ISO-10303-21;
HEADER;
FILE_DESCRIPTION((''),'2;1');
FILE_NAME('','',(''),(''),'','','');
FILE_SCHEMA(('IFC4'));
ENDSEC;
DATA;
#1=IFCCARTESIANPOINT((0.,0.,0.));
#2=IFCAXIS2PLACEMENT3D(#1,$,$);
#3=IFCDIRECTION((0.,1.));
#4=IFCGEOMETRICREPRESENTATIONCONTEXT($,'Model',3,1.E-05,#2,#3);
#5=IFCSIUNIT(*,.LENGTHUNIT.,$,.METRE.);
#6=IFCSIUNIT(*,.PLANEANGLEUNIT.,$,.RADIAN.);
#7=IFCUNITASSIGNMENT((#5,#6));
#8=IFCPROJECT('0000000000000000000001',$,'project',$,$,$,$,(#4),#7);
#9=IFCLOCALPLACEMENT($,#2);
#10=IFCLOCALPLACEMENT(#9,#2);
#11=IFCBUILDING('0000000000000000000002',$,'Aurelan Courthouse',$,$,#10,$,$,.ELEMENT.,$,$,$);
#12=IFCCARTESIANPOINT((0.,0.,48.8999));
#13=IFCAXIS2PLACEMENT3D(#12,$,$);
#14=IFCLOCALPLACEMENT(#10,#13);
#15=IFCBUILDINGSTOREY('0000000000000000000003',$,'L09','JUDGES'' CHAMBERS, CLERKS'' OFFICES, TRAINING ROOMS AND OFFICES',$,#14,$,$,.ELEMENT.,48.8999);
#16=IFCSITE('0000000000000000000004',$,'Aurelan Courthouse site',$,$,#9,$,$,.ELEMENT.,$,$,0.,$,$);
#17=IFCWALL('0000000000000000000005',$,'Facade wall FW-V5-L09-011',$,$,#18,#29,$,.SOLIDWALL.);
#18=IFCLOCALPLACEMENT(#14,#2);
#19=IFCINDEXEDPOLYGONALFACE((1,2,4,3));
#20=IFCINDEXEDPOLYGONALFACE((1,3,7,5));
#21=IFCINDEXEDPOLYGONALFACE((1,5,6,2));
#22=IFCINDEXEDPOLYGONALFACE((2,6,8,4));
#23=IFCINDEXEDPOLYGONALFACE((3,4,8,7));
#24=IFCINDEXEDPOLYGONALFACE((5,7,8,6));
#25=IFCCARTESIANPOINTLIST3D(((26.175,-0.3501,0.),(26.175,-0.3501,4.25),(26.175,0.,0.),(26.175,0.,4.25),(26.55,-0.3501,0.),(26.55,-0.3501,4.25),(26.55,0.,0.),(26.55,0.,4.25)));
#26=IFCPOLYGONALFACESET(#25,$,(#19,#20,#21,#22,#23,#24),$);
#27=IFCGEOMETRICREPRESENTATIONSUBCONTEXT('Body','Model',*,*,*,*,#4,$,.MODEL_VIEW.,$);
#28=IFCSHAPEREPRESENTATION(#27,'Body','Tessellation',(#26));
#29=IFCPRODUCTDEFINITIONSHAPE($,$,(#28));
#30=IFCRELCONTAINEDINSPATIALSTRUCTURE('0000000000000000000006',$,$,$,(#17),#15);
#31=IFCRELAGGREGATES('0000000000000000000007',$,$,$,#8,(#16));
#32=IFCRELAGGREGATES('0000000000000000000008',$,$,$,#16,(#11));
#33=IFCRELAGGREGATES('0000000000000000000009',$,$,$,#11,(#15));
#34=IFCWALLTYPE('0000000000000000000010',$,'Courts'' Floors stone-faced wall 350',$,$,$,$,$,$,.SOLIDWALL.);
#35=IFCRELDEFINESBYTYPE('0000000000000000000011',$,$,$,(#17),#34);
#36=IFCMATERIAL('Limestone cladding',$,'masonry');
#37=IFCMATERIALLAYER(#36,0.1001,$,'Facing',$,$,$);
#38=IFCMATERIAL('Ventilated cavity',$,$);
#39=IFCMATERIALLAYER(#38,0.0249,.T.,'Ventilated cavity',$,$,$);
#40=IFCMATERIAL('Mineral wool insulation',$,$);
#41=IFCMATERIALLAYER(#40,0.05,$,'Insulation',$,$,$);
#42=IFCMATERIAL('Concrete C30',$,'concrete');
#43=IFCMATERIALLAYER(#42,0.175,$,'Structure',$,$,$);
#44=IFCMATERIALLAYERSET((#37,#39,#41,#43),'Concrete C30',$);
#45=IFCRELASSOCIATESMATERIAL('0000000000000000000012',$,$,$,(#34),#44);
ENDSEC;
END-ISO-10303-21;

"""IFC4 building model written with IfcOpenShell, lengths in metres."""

from ifc_helpers import new_model, si_unit, direction, frame, frame_2d, origin, place, context, subcontext, project, spatial, rectangle, extrude, material, layer, layer_set, type_object, element, save


model = new_model("IFC4")

# Units and contexts
model_context = context("Model", 3, precision=1e-05, world=origin(), true_north=direction((0.0, 1.0)))
body_context = subcontext(model_context, "Body", "Model", "MODEL_VIEW")
ifc_project = project(units=[si_unit("LENGTHUNIT", "METRE"), si_unit("PLANEANGLEUNIT", "RADIAN")], contexts=[model_context])

# Site, building, storey
site_placement = place(None, origin())
site = spatial("IfcSite", under=ifc_project, at=site_placement, Name="Aurelan Courthouse site", CompositionType="ELEMENT", RefElevation=0.0)
building_placement = place(site_placement, origin())
building = spatial("IfcBuilding", under=site, at=building_placement, Name="Aurelan Courthouse", CompositionType="ELEMENT")
storey_placement = place(building_placement, frame((0.0, 0.0, 48.8999)))
storey = spatial("IfcBuildingStorey", under=building, at=storey_placement, Name="L09", Description="JUDGES' CHAMBERS, CLERKS' OFFICES, TRAINING ROOMS AND OFFICES", CompositionType="ELEMENT", Elevation=48.8999)

# Wall
ifc_material_1 = material(Name="Limestone cladding", Category="masonry")
ifc_layer_1 = layer(ifc_material_1, 0.1001, Name="Facing")
ifc_material_2 = material(Name="Ventilated cavity")
ifc_layer_2 = layer(ifc_material_2, 0.0249, ventilated=True, Name="Ventilated cavity")
ifc_material_3 = material(Name="Mineral wool insulation")
ifc_layer_3 = layer(ifc_material_3, 0.05, Name="Insulation")
ifc_material_4 = material(Name="Concrete C30", Category="concrete")
ifc_layer_4 = layer(ifc_material_4, 0.175, Name="Structure")
ifc_layer_set_1 = layer_set([ifc_layer_1, ifc_layer_2, ifc_layer_3, ifc_layer_4], Name="Concrete C30")
wall_type = type_object("IfcWallType", Name="Courts' Floors stone-faced wall 350", PredefinedType="SOLIDWALL", material=ifc_layer_set_1)
wall_1_placement = place(storey_placement, frame((26.175, -0.175, 0.0), z_axis=(0.0, 0.0, 1.0), x_axis=(1.0, 0.0, 0.0)))
element("IfcWall", 1, at=wall_1_placement, inside=storey, type_object=wall_type, Name="Facade wall FW-V5-L09-011", PredefinedType="SOLIDWALL", context=body_context, shape_type="SweptSolid", body=[
    extrude(rectangle(XDim=0.375, YDim=0.3501, at=frame_2d((0.1875, 0.0))), origin(), (0.0, 0.0, 1.0), 4.25),
])

save(model, "model.ifc")
